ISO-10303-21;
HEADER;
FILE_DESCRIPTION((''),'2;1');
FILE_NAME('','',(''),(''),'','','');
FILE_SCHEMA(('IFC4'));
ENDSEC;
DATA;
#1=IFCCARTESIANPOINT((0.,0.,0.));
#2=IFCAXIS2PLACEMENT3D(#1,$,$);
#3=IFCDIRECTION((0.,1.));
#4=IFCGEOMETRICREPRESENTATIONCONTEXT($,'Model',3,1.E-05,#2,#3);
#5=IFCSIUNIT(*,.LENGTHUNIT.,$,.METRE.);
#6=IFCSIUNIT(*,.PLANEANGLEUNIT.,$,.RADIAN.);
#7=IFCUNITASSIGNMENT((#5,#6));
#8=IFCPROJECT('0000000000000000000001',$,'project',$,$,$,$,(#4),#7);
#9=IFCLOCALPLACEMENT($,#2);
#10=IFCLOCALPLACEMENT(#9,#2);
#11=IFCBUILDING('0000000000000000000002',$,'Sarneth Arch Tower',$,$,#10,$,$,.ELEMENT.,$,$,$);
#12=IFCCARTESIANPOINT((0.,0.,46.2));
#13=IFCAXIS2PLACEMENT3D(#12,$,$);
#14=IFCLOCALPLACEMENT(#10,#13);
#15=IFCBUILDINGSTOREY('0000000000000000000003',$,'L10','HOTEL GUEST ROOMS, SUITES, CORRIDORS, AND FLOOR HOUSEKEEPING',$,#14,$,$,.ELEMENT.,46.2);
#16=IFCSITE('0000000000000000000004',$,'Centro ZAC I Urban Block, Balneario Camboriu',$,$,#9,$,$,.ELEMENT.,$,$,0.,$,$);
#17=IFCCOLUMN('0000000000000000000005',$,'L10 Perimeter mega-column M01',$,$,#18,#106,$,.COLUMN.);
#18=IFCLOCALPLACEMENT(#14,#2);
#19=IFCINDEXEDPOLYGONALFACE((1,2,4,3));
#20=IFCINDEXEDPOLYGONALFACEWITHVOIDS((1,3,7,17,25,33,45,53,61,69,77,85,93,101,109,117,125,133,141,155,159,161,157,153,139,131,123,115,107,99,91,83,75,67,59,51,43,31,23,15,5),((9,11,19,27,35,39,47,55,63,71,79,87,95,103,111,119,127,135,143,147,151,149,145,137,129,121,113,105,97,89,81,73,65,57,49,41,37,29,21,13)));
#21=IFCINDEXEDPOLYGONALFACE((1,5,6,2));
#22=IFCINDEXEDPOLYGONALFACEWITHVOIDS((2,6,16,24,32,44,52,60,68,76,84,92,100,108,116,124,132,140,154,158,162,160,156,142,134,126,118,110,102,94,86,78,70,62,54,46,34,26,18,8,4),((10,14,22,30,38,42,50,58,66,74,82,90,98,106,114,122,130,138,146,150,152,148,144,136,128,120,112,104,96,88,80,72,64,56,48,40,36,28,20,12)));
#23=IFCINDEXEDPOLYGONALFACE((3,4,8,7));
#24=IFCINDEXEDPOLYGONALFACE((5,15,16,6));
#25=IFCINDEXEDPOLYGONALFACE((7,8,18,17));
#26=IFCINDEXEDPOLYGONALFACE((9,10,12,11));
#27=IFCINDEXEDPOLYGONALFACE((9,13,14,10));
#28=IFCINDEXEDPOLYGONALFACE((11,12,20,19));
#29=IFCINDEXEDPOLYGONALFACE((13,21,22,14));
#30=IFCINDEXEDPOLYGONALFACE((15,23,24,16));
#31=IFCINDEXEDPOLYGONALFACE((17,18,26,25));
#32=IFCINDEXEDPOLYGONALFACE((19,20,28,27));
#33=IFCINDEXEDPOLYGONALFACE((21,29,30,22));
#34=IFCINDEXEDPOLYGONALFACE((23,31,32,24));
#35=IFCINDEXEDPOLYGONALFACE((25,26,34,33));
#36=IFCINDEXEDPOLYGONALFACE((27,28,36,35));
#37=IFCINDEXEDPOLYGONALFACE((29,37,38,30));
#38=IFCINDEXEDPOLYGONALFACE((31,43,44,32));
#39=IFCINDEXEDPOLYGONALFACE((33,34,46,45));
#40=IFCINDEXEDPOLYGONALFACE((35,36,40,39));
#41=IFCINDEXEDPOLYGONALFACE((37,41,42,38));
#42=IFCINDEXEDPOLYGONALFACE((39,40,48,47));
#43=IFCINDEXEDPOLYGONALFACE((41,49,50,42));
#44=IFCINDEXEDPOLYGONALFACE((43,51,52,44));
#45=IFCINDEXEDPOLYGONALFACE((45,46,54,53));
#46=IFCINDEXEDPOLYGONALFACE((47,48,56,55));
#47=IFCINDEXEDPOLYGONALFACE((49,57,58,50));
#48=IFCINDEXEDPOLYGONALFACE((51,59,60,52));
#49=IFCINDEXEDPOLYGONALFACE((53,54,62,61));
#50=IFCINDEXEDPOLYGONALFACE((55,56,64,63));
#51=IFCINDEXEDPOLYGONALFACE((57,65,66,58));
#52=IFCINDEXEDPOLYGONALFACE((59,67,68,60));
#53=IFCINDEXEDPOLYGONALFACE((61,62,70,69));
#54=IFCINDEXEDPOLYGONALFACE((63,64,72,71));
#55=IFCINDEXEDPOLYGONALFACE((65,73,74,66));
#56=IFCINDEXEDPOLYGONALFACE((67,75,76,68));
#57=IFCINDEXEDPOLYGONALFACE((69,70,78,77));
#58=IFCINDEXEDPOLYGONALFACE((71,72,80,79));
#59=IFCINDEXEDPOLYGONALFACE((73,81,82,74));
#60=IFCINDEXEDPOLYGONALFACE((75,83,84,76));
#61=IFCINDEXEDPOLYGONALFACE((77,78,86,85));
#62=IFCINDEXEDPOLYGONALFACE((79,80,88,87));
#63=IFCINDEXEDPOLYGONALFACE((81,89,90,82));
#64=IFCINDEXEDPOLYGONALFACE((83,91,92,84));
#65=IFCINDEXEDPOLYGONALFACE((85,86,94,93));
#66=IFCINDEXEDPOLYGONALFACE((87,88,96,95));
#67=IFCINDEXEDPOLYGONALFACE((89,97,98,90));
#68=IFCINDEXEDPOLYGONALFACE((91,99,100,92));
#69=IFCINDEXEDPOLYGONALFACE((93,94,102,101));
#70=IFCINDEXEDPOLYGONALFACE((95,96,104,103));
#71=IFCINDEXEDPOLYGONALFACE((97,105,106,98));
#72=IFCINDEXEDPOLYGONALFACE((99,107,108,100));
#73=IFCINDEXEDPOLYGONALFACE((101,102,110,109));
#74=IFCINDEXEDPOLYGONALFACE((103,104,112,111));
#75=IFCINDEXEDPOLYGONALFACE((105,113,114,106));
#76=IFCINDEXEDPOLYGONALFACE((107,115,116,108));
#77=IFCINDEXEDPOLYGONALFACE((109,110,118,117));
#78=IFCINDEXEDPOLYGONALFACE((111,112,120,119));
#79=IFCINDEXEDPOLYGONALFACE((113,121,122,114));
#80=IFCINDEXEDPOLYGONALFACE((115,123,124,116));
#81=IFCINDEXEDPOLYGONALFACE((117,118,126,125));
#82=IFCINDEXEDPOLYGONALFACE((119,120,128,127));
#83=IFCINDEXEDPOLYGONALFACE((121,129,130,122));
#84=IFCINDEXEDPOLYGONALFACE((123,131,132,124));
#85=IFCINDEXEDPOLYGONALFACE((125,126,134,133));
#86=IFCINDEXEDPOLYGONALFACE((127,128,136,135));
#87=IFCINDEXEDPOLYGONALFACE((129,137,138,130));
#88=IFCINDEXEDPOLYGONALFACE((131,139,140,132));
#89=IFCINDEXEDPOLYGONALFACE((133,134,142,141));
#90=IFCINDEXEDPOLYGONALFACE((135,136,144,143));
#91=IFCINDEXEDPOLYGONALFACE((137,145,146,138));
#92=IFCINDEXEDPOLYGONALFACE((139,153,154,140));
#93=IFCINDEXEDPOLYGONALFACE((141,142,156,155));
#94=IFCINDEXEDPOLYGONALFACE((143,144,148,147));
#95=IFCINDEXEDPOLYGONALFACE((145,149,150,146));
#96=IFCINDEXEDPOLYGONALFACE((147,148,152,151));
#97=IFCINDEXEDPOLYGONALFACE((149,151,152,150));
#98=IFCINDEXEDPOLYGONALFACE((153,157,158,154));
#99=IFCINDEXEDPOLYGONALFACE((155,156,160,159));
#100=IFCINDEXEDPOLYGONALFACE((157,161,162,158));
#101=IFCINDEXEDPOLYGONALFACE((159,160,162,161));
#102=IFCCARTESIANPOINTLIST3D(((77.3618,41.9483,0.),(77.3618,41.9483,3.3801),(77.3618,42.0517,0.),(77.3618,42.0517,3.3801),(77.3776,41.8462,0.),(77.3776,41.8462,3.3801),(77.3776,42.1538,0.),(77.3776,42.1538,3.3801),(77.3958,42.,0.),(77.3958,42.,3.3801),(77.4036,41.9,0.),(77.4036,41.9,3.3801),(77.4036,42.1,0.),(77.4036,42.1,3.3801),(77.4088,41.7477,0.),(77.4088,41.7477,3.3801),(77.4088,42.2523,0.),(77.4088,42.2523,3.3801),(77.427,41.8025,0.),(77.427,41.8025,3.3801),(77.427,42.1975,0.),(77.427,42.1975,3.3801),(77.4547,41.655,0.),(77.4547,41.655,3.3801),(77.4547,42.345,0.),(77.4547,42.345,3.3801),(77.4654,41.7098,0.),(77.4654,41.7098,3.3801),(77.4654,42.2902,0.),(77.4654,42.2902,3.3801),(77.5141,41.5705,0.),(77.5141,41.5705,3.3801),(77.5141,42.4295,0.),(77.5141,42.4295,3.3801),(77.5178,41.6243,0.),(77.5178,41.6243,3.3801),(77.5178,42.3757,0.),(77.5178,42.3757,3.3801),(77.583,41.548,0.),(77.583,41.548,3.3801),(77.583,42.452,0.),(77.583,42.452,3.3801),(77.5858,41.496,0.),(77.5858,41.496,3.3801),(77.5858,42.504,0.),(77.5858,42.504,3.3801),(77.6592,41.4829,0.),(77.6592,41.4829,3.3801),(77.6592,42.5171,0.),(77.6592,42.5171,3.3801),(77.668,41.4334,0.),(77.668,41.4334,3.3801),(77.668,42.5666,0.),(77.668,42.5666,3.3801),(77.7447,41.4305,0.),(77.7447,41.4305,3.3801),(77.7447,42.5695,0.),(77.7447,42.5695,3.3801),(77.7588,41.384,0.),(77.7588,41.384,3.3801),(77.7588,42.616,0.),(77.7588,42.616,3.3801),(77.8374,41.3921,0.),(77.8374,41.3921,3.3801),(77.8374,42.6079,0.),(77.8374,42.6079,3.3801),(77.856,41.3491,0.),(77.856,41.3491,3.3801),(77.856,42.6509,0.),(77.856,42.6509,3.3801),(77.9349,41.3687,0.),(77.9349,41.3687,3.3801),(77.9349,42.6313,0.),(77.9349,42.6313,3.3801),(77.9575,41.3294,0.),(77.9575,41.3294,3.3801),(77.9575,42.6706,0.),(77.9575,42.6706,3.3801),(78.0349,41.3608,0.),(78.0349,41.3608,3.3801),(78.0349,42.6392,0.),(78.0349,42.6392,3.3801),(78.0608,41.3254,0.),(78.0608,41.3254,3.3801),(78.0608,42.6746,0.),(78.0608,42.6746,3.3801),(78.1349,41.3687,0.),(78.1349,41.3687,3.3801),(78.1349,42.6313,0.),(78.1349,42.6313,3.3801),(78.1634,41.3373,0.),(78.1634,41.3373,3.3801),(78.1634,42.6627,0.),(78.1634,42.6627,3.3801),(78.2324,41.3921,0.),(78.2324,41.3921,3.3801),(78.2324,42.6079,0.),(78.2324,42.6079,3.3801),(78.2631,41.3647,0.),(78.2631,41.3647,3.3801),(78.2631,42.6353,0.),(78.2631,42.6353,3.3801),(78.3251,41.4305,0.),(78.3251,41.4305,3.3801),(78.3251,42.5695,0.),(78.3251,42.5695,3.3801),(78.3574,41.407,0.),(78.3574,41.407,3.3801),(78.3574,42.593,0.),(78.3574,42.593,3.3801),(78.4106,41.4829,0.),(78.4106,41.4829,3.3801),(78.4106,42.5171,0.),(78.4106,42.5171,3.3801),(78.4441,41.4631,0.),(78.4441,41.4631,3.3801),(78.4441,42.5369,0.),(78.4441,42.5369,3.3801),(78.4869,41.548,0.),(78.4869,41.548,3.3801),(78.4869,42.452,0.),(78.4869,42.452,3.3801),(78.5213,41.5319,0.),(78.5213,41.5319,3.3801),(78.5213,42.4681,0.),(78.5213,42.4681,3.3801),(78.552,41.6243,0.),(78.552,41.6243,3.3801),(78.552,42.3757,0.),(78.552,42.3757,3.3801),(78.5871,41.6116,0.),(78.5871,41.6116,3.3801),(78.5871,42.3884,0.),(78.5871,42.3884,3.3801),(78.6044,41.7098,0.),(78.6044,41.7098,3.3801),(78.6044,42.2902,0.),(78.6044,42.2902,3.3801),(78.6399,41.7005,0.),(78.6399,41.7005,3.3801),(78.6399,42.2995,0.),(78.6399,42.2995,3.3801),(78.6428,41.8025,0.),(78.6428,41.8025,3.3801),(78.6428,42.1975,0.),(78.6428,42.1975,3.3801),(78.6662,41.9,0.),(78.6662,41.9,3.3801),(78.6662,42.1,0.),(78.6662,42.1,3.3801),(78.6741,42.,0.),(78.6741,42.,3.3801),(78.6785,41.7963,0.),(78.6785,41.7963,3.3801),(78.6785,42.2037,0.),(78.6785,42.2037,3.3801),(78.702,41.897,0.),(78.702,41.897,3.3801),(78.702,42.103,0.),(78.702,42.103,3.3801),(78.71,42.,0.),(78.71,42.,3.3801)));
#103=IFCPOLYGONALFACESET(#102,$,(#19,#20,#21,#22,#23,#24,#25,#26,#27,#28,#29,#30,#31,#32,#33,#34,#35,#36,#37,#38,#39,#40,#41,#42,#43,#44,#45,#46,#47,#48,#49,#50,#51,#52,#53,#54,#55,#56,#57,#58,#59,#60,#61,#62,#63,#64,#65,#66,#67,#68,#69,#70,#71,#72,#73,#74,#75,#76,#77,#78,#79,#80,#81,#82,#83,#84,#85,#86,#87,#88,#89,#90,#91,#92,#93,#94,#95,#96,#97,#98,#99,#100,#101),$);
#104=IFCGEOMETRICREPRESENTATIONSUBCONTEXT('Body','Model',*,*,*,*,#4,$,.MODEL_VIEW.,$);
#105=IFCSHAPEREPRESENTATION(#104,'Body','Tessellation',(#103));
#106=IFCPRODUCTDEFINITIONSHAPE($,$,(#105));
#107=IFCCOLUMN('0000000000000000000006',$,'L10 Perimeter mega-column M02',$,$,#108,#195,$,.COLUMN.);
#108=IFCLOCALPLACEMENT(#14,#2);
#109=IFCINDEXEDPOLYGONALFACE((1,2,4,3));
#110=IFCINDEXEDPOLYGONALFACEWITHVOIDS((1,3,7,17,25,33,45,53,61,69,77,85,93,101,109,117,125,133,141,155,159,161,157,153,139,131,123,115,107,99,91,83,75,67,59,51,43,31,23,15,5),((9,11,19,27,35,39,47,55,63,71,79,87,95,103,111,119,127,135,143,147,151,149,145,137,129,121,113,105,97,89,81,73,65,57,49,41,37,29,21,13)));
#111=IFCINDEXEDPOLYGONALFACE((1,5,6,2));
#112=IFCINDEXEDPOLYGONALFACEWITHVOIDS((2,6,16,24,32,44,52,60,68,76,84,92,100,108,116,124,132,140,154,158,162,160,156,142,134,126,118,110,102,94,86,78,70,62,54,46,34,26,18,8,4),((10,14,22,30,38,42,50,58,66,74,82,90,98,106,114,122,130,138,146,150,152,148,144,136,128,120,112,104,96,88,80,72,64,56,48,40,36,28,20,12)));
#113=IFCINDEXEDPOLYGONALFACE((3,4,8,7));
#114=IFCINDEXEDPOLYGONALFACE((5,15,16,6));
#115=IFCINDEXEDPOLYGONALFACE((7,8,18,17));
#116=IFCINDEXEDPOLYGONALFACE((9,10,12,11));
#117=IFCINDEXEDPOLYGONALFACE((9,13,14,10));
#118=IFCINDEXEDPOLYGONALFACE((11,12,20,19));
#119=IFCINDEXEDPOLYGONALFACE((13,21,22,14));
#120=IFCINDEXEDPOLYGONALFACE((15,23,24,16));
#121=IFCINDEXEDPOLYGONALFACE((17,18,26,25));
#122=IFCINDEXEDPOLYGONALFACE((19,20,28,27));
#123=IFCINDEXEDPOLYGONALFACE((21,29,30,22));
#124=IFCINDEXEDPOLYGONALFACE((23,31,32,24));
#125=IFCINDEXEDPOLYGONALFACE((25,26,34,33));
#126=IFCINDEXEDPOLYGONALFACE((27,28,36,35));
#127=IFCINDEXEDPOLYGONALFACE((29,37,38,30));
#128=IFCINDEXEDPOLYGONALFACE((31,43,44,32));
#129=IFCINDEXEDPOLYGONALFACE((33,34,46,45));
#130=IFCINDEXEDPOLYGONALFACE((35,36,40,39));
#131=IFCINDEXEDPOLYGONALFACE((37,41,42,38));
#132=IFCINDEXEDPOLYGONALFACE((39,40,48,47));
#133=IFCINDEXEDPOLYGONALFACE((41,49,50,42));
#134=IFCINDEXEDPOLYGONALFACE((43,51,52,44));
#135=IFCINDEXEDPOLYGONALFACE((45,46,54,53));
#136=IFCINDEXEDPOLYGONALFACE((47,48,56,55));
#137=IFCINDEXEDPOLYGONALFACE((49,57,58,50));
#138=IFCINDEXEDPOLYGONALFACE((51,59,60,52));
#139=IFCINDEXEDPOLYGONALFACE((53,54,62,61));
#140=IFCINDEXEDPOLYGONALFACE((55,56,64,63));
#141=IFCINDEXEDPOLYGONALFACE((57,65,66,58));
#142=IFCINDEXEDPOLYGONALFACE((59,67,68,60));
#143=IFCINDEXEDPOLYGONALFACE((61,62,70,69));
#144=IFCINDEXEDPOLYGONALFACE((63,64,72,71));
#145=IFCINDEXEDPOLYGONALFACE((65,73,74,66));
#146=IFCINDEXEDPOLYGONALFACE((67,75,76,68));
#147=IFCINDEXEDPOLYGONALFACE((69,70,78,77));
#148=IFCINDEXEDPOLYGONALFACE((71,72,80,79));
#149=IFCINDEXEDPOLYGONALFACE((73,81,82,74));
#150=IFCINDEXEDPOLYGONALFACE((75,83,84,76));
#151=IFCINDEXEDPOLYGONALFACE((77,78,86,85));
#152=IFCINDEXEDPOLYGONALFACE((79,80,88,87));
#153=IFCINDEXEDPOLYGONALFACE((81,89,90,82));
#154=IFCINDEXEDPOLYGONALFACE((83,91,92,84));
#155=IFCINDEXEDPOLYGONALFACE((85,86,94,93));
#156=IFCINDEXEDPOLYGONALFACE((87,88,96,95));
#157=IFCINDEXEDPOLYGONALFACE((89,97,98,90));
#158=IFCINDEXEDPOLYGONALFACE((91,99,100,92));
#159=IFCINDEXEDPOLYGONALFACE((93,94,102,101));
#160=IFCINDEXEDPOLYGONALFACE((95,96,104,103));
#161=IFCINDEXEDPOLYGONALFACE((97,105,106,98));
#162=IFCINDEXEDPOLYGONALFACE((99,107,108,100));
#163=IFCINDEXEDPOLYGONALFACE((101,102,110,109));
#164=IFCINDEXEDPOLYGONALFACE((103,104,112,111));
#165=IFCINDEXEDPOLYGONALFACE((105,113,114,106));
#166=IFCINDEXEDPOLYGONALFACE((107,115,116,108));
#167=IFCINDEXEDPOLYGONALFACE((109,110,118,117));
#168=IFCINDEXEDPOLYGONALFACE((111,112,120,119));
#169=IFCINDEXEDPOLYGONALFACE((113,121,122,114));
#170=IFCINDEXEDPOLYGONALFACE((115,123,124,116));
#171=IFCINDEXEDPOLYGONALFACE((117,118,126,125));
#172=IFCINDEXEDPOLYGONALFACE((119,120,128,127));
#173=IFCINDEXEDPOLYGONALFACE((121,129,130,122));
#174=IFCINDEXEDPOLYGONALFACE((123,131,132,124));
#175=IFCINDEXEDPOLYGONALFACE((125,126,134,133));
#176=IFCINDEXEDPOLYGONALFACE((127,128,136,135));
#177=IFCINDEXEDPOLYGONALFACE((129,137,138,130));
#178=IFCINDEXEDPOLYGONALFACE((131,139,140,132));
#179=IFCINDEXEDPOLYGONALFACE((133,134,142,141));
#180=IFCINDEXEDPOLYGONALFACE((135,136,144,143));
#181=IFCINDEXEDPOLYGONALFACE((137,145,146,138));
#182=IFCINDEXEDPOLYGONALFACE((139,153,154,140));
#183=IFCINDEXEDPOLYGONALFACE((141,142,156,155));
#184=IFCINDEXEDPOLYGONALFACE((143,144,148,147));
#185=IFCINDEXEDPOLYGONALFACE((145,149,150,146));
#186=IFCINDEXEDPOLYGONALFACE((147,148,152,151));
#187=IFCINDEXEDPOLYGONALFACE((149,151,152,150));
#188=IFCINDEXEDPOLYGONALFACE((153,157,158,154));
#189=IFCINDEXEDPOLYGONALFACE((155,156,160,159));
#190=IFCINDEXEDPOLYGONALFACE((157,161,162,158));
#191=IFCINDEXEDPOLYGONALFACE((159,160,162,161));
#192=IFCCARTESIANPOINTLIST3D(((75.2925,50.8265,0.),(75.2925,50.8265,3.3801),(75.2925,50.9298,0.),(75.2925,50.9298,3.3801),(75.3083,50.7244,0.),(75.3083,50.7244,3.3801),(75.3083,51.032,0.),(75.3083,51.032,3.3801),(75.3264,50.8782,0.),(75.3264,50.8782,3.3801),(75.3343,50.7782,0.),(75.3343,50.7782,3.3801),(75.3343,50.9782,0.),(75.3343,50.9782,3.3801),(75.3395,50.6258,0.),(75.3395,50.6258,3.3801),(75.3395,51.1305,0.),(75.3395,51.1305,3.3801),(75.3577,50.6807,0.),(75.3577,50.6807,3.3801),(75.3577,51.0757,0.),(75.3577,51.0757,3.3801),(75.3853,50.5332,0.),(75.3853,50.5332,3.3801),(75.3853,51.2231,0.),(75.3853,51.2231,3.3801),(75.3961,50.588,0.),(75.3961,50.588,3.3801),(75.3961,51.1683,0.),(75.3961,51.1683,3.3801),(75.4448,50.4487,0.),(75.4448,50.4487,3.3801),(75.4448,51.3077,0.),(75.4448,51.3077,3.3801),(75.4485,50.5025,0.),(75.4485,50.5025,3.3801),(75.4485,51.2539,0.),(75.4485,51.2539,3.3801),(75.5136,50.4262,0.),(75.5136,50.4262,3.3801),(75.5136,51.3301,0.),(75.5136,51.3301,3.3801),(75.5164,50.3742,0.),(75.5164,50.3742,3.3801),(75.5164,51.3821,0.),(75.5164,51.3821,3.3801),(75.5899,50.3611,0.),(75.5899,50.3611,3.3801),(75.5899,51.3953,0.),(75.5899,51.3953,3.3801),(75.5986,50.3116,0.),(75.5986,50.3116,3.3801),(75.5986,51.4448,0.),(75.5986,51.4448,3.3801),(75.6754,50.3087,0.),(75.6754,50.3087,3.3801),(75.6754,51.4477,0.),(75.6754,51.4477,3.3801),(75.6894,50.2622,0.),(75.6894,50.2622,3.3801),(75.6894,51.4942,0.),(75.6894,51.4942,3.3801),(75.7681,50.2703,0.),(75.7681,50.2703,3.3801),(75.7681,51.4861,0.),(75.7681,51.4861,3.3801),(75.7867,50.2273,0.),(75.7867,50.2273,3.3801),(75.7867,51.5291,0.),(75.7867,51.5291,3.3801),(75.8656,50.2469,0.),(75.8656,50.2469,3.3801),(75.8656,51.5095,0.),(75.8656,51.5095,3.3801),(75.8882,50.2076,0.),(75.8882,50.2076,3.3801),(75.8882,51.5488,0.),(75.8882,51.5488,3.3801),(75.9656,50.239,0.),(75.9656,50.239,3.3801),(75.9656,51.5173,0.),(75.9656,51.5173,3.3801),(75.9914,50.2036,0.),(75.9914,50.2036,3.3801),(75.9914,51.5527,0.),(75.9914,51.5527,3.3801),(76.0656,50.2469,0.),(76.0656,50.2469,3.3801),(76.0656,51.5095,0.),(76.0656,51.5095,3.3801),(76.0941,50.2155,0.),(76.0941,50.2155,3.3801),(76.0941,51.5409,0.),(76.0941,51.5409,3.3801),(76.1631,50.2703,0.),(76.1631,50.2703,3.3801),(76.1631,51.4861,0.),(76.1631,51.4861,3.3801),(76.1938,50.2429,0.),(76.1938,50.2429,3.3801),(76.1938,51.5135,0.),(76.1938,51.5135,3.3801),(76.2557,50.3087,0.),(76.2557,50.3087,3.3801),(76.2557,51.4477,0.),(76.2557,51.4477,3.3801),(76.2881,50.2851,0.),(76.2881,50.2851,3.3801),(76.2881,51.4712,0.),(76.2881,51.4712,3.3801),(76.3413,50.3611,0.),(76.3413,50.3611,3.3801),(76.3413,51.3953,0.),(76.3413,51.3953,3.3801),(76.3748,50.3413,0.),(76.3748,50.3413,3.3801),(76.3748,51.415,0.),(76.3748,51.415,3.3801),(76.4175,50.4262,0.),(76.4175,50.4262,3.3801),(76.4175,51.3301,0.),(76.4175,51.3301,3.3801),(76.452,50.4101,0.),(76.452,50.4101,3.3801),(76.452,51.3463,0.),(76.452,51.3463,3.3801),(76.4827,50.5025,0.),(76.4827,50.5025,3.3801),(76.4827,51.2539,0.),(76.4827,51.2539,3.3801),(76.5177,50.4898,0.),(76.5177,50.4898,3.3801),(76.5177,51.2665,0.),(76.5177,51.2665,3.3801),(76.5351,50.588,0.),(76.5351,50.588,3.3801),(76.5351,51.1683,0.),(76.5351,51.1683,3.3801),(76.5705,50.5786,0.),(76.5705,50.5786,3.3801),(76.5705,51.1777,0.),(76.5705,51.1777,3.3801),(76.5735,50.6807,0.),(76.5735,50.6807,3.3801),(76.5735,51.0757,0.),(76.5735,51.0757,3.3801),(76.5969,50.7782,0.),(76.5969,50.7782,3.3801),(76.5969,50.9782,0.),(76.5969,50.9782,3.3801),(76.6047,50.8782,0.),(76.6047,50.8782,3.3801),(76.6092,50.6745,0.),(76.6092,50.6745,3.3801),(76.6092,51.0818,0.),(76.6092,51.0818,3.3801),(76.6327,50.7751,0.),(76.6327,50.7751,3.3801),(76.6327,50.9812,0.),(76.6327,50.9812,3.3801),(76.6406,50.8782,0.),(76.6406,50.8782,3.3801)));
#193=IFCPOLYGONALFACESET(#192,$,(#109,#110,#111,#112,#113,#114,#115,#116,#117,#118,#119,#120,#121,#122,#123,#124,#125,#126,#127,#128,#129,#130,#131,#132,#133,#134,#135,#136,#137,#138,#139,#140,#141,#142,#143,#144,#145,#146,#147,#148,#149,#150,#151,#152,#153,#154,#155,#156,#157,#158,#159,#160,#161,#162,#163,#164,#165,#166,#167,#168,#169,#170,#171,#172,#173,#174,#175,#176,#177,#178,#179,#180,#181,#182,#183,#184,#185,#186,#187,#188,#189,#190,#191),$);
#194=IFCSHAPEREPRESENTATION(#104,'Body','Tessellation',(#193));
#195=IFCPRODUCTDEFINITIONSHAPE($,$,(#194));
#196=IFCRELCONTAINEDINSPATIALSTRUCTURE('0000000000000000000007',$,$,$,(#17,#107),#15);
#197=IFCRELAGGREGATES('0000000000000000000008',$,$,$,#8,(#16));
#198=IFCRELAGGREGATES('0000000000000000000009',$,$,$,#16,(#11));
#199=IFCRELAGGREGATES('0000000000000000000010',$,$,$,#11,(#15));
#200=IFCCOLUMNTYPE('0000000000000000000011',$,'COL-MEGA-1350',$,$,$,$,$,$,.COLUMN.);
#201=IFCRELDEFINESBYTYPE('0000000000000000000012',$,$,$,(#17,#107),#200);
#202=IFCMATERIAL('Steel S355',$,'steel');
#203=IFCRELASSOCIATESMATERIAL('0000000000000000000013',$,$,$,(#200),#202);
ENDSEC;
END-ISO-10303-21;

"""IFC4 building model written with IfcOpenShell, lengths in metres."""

from ifc_helpers import new_model, si_unit, direction, frame, origin, origin_2d, place, context, subcontext, project, spatial, hollow_circle, extrude, material, material_profile, profile_set, type_object, element, save


model = new_model("IFC4")

# Units and contexts
model_context = context("Model", 3, precision=1e-05, world=origin(), true_north=direction((0.0, 1.0)))
body_context = subcontext(model_context, "Body", "Model", "MODEL_VIEW")
ifc_project = project(units=[si_unit("LENGTHUNIT", "METRE"), si_unit("PLANEANGLEUNIT", "RADIAN")], contexts=[model_context])

# Site, building, storey
site_placement = place(None, origin())
site = spatial("IfcSite", under=ifc_project, at=site_placement, Name="Centro ZAC I Urban Block, Balneario Camboriu", CompositionType="ELEMENT", RefElevation=0.0)
building_placement = place(site_placement, origin())
building = spatial("IfcBuilding", under=site, at=building_placement, Name="Sarneth Arch Tower", CompositionType="ELEMENT")
storey_placement = place(building_placement, frame((0.0, 0.0, 46.2)))
storey = spatial("IfcBuildingStorey", under=building, at=storey_placement, Name="L10", Description="HOTEL GUEST ROOMS, SUITES, CORRIDORS, AND FLOOR HOUSEKEEPING", CompositionType="ELEMENT", Elevation=46.2)

# Columns
ifc_material_1 = material(Name="Steel S355", Category="steel")
ifc_material_profile_1 = material_profile(ifc_material_1, hollow_circle(Radius=0.675, WallThickness=0.0359, at=origin_2d()), Name="CHS1350x36")
ifc_profile_set_1 = profile_set([ifc_material_profile_1], Name="Steel S355")
column_type = type_object("IfcColumnType", Name="COL-MEGA-1350", PredefinedType="COLUMN", material=ifc_profile_set_1)
for number, where, z_axis, x_axis, name in (
    (1, (78.0349, 42.0, 0.0), (0.0, 0.0, 1.0), (1.0, 0.0, 0.0), "L10 Perimeter mega-column M01"),
    (2, (75.9656, 50.8782, 0.0), (0.0, 0.0, 1.0), (1.0, 0.0, 0.0), "L10 Perimeter mega-column M02"),
):
    element("IfcColumn", number, at=place(storey_placement, frame(where, z_axis=z_axis, x_axis=x_axis)), inside=storey, type_object=column_type, Name=name, PredefinedType="COLUMN", context=body_context, shape_type="SweptSolid", body=[
        extrude(hollow_circle(Radius=0.675, WallThickness=0.0359, at=origin_2d()), origin(), (0.0, 0.0, 1.0), 3.3801),
    ])

save(model, "model.ifc")
